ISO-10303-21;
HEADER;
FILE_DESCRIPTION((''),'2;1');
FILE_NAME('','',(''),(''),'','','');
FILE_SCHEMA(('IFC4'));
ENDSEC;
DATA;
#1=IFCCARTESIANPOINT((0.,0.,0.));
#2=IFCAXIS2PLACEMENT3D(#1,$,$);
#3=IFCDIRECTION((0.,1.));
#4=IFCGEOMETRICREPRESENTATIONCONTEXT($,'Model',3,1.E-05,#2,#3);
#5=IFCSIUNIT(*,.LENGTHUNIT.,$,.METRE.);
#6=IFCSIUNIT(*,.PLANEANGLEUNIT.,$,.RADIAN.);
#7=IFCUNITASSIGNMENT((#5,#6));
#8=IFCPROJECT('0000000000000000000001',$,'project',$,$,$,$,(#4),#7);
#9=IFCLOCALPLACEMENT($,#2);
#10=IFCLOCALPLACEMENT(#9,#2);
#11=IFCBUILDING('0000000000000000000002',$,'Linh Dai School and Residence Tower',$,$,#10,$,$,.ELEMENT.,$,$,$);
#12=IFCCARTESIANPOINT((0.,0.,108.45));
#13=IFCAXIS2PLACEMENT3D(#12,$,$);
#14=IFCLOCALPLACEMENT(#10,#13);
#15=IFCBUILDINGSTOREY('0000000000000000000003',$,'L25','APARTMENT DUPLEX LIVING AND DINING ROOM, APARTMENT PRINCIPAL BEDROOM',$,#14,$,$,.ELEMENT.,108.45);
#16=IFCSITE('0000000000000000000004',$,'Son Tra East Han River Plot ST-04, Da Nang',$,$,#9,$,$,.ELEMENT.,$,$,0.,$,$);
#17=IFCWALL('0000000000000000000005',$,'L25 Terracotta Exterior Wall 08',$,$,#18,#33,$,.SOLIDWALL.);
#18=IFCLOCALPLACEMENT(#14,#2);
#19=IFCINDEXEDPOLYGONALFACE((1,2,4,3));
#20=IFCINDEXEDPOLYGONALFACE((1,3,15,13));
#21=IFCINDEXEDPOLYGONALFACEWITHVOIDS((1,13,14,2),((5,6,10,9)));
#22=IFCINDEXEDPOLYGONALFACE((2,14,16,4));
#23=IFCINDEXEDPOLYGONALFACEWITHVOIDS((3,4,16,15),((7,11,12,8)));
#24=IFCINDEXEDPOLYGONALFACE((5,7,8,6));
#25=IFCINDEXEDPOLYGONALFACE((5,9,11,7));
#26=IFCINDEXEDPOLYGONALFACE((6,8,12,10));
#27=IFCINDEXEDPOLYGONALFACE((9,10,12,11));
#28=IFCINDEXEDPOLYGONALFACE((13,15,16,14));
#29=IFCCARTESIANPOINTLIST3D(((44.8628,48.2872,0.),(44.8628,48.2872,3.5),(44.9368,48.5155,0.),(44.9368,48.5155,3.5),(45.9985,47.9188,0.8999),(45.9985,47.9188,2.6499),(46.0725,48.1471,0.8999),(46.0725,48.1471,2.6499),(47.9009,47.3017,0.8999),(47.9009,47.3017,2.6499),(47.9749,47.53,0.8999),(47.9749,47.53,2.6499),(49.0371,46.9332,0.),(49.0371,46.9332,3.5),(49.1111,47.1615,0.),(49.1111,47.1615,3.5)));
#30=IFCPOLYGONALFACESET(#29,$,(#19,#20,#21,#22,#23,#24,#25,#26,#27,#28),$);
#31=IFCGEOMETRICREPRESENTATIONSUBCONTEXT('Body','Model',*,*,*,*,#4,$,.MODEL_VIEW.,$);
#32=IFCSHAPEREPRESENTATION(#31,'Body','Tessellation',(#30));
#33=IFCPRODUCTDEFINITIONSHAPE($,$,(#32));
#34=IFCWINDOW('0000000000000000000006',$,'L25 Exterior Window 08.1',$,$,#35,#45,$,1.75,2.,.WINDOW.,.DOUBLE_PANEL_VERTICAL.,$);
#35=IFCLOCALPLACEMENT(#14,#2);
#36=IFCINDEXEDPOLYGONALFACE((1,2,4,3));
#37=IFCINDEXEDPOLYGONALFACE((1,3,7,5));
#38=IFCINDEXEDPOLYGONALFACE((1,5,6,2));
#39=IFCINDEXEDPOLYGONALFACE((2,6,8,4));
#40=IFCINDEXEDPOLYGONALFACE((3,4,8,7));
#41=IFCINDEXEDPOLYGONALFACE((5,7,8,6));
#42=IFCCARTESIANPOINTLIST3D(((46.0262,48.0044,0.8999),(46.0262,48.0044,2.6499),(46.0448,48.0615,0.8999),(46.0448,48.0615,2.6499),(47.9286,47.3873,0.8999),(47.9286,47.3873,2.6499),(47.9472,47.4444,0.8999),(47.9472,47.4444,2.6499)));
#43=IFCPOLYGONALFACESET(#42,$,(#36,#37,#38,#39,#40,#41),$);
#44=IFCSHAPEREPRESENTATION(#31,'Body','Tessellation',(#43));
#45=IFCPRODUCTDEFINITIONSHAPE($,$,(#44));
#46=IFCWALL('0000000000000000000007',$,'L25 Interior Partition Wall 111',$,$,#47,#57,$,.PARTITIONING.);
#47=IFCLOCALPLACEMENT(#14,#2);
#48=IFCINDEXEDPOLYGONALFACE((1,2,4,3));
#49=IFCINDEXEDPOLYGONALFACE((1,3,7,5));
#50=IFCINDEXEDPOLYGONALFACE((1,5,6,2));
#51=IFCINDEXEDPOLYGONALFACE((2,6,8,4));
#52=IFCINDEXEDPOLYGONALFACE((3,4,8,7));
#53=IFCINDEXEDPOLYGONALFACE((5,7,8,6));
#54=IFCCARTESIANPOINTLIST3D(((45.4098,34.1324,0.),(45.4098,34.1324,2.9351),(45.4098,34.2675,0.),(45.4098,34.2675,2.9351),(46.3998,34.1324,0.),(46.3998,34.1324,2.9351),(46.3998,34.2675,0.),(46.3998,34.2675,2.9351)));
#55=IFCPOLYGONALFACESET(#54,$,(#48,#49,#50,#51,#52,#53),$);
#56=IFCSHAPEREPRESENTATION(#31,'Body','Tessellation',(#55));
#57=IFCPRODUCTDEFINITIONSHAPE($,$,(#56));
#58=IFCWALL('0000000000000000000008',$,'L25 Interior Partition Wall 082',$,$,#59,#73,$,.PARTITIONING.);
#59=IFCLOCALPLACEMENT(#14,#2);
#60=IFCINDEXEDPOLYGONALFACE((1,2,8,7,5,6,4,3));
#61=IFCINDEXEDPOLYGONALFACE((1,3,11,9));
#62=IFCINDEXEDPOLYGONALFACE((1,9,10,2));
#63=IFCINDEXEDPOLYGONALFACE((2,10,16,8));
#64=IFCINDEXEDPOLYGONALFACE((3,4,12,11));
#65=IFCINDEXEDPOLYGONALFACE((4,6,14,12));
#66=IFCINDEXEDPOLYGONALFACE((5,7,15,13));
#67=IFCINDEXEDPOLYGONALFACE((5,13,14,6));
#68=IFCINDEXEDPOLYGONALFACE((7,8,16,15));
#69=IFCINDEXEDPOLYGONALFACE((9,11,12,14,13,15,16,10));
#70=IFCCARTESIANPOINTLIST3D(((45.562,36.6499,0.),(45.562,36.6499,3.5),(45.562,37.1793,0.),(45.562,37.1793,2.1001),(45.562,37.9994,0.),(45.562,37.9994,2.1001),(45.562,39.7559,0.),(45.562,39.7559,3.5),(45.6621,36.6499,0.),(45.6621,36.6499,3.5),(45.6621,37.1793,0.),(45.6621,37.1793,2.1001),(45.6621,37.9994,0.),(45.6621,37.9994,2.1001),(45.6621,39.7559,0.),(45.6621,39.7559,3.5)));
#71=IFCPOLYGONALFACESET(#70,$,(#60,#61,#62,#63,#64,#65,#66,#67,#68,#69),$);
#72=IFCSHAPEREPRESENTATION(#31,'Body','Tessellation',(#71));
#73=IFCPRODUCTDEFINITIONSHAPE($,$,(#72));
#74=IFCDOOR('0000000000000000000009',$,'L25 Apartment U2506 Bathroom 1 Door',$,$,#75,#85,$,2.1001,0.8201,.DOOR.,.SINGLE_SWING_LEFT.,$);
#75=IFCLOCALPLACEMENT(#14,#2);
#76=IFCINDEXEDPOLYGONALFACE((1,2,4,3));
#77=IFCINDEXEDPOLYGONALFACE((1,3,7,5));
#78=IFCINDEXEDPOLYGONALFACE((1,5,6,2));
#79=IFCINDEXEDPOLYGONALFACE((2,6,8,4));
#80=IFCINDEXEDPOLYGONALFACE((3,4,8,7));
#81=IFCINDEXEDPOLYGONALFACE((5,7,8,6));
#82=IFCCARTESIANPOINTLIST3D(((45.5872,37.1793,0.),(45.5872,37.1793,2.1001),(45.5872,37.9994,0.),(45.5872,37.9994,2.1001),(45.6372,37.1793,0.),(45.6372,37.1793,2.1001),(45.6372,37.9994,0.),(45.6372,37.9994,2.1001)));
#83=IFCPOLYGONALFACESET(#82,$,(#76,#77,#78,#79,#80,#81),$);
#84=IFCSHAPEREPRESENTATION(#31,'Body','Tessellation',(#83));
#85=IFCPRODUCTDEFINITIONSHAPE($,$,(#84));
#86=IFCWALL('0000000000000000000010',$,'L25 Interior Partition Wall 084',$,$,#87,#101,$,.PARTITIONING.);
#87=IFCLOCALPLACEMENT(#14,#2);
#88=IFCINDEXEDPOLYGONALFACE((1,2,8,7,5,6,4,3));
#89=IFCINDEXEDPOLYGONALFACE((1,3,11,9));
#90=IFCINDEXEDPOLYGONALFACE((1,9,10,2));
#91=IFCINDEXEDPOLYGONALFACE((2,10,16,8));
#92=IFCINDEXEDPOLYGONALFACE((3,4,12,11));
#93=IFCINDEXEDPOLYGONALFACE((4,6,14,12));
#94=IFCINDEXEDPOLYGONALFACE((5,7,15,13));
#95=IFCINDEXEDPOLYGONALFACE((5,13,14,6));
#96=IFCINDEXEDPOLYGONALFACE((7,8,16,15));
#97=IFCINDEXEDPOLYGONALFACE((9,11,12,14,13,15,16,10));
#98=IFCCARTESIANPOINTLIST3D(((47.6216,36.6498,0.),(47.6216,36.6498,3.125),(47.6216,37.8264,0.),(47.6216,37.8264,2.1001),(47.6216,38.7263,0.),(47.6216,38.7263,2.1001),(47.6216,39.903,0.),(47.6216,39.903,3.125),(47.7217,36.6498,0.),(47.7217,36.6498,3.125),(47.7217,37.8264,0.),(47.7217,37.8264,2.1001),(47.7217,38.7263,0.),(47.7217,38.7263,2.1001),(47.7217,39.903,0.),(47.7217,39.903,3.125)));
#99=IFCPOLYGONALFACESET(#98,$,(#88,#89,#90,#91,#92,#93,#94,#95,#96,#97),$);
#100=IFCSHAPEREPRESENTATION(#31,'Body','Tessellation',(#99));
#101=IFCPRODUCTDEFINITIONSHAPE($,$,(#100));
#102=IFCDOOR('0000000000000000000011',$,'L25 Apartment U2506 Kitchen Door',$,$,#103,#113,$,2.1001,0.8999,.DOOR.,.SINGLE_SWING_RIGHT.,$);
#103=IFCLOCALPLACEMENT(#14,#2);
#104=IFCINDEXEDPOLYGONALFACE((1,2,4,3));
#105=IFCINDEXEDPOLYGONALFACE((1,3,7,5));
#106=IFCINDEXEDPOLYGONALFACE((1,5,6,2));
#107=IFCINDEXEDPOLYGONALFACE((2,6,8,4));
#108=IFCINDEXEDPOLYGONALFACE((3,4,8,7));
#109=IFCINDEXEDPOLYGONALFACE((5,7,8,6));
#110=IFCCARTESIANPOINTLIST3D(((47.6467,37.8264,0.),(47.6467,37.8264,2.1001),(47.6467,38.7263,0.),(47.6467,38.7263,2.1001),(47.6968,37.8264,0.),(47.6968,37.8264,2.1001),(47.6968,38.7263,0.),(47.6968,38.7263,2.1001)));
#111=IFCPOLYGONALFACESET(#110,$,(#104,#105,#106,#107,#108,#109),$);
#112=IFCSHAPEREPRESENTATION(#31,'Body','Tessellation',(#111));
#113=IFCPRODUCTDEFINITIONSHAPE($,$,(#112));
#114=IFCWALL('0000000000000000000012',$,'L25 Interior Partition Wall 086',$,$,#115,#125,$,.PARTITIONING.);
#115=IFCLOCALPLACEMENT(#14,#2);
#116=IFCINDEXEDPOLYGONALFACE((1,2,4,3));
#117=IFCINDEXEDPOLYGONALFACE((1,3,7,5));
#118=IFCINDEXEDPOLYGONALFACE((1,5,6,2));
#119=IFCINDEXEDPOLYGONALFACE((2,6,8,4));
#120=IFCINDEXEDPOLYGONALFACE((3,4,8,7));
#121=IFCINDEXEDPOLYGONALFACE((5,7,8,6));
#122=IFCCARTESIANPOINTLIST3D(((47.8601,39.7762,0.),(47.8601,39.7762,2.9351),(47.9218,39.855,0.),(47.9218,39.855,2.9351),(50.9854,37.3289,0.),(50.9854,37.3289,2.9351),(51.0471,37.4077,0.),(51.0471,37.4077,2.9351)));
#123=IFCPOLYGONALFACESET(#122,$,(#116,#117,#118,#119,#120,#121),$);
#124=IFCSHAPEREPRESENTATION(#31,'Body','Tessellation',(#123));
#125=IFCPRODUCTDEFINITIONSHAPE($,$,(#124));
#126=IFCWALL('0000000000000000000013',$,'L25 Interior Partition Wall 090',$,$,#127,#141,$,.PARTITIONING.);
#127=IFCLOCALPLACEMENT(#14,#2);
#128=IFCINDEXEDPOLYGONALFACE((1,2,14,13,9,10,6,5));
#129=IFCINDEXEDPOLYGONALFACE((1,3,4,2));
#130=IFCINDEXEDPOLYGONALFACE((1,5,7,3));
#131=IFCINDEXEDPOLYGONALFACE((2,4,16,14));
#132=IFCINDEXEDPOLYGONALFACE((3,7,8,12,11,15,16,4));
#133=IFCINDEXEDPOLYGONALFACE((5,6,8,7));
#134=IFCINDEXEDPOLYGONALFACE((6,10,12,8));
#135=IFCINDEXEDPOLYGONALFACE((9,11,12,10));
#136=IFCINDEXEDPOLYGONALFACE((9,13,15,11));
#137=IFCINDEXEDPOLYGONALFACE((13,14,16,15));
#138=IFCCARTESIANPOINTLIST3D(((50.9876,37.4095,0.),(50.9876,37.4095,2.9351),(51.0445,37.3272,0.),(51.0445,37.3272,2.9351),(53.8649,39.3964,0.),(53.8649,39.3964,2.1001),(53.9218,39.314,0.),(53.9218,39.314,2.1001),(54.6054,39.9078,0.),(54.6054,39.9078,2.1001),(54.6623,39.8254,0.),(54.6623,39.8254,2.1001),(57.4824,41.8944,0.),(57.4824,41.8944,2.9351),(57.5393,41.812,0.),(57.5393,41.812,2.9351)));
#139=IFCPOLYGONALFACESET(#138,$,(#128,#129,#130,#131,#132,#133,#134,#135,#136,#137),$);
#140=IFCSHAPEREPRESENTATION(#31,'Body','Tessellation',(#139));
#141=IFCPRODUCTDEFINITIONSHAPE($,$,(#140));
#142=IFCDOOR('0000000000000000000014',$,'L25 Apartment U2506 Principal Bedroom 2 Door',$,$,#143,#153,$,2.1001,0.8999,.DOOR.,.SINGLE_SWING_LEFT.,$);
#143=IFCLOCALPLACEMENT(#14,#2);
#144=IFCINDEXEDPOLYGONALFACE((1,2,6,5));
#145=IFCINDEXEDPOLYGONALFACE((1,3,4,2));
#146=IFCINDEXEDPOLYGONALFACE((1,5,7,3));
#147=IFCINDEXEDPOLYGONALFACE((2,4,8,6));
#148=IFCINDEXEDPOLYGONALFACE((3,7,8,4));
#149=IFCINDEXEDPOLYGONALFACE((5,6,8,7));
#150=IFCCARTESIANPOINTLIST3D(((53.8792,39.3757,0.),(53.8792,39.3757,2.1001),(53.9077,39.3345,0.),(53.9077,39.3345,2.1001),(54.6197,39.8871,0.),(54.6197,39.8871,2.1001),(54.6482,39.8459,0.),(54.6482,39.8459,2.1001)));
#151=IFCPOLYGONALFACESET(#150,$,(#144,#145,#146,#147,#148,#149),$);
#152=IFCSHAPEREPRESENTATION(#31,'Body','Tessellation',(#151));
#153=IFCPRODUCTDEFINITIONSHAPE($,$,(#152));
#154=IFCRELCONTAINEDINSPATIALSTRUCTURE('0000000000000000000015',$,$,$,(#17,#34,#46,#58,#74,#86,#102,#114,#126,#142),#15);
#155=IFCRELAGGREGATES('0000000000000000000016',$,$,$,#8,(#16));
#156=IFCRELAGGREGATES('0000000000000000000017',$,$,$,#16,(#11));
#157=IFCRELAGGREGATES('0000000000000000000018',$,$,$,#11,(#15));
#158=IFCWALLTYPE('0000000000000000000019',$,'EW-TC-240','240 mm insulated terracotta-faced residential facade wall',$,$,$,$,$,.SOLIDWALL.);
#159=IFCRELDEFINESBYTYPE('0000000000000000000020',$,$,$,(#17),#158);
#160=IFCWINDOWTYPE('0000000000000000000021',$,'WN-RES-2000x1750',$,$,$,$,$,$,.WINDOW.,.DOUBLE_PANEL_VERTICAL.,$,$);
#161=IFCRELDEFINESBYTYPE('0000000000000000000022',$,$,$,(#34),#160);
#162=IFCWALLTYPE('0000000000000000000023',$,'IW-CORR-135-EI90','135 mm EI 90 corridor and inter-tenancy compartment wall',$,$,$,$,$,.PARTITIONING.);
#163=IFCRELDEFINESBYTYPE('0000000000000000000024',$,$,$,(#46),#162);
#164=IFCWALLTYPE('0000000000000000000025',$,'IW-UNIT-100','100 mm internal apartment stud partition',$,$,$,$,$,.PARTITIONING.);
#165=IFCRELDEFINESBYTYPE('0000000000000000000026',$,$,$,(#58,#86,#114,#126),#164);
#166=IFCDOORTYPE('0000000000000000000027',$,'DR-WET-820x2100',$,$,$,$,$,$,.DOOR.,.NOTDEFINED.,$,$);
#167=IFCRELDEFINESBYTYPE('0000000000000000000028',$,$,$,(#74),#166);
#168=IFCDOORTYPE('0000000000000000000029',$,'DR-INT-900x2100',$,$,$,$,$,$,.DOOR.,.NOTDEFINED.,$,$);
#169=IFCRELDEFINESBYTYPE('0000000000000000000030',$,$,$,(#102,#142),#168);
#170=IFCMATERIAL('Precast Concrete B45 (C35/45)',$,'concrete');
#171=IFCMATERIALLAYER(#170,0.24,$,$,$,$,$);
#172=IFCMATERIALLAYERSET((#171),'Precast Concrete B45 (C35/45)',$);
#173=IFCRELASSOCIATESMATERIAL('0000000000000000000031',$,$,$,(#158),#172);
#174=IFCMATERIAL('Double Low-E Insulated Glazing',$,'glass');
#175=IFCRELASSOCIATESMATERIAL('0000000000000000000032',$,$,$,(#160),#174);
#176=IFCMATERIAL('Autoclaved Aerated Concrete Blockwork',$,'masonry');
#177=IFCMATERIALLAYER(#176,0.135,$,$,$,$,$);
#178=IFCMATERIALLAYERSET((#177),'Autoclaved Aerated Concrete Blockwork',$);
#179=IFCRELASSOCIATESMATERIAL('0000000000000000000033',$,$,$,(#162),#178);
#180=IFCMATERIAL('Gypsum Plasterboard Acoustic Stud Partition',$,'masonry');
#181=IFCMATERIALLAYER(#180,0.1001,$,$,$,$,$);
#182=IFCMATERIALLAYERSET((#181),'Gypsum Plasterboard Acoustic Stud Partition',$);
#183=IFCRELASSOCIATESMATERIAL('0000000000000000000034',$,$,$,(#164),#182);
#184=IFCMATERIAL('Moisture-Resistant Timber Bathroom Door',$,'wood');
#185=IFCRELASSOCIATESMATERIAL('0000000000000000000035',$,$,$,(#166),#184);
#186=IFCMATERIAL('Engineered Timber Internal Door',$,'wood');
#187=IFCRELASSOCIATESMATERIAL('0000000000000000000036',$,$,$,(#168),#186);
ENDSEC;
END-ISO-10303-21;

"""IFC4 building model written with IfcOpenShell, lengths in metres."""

from ifc_helpers import new_model, si_unit, direction, frame, frame_2d, origin, origin_2d, place, context, subcontext, project, spatial, rectangle, extrude, source, transform, mapped, material, layer, layer_set, type_object, element, fill, save


model = new_model("IFC4")

# Units and contexts
model_context = context("Model", 3, precision=1e-05, world=origin(), true_north=direction((0.0, 1.0)))
body_context = subcontext(model_context, "Body", "Model", "MODEL_VIEW")
ifc_project = project(units=[si_unit("LENGTHUNIT", "METRE"), si_unit("PLANEANGLEUNIT", "RADIAN")], contexts=[model_context])

# Site, building, storey
site_placement = place(None, origin())
site = spatial("IfcSite", under=ifc_project, at=site_placement, Name="Son Tra East Han River Plot ST-04, Da Nang", CompositionType="ELEMENT", RefElevation=0.0)
building_placement = place(site_placement, origin())
building = spatial("IfcBuilding", under=site, at=building_placement, Name="Linh Dai School and Residence Tower", CompositionType="ELEMENT")
storey_placement = place(building_placement, frame((0.0, 0.0, 108.45)))
storey = spatial("IfcBuildingStorey", under=building, at=storey_placement, Name="L25", Description="APARTMENT DUPLEX LIVING AND DINING ROOM, APARTMENT PRINCIPAL BEDROOM", CompositionType="ELEMENT", Elevation=108.45)

# Shared definitions
ifc_material_1 = material(Name="Precast Concrete B45 (C35/45)", Category="concrete")

# Shared definitions
ifc_layer_1 = layer(ifc_material_1, 0.24)
ifc_layer_set_1 = layer_set([ifc_layer_1], Name="Precast Concrete B45 (C35/45)")
wall_type_1 = type_object("IfcWallType", Name="EW-TC-240", Description="240 mm insulated terracotta-faced residential facade wall", PredefinedType="SOLIDWALL", material=ifc_layer_set_1)

# Wall, opening, window
ifc_material_2 = material(Name="Double Low-E Insulated Glazing", Category="glass")
window_type_1 = type_object("IfcWindowType", Name="WN-RES-2000x1750", PartitioningType="DOUBLE_PANEL_VERTICAL", PredefinedType="WINDOW", material=ifc_material_2)
shared_shape_1 = source(origin(), body_context, "Body", "SweptSolid", [
    extrude(rectangle(XDim=2.0, YDim=1.75, at=origin_2d()), frame((1.0, 0.03, 0.875), z_axis=(0.0, -1.0, 0.0), x_axis=(1.0, 0.0, 0.0)), (0.0, 0.0, 1.0), 0.0601),
])
wall_1_placement = place(storey_placement, frame((44.8997, 48.4014, 0.0), z_axis=(0.0, 0.0, 1.0), x_axis=(0.951211, -0.30854, 0.0)))
wall_1 = element("IfcWall", 1, at=wall_1_placement, inside=storey, type_object=wall_type_1, Name="L25 Terracotta Exterior Wall 08", PredefinedType="SOLIDWALL", context=body_context, shape_type="SweptSolid", body=[
    extrude(rectangle(XDim=4.3884, YDim=0.24, at=frame_2d((2.1943, 0.0))), origin(), (0.0, 0.0, 1.0), 3.5),
])
opening_1_placement = place(wall_1_placement, frame((1.1941, 0.0, 0.8999)))
opening_1 = element("IfcOpeningElement", 2, at=opening_1_placement, cuts=wall_1, PredefinedType="OPENING", context=body_context, shape_type="SweptSolid", body=[
    extrude(rectangle(XDim=2.0, YDim=1.75, at=origin_2d()), frame((1.0, 0.1299, 0.875), z_axis=(0.0, -1.0, 0.0), x_axis=(1.0, 0.0, 0.0)), (0.0, 0.0, 1.0), 0.26),
])
window_1_placement = place(opening_1_placement, origin())
window_1 = element("IfcWindow", 3, at=window_1_placement, inside=storey, type_object=window_type_1, Name="L25 Exterior Window 08.1", OverallHeight=1.75, OverallWidth=2.0, PartitioningType="DOUBLE_PANEL_VERTICAL", PredefinedType="WINDOW", context=body_context, shape_type="MappedRepresentation", body=[
    mapped(shared_shape_1, transform((0.0, 0.0, 0.0), x_axis=(1.0, 0.0, 0.0), y_axis=(0.0, 1.0, 0.0), z_axis=(0.0, 0.0, 1.0), scale=1.0)),
])
fill(opening_1, window_1)

# Wall
ifc_material_3 = material(Name="Autoclaved Aerated Concrete Blockwork", Category="masonry")
ifc_layer_2 = layer(ifc_material_3, 0.135)
ifc_layer_set_2 = layer_set([ifc_layer_2], Name="Autoclaved Aerated Concrete Blockwork")
wall_type_2 = type_object("IfcWallType", Name="IW-CORR-135-EI90", Description="135 mm EI 90 corridor and inter-tenancy compartment wall", PredefinedType="PARTITIONING", material=ifc_layer_set_2)
wall_2_placement = place(storey_placement, frame((46.3999, 34.2, 0.0), z_axis=(0.0, 0.0, 1.0), x_axis=(-1.0, 0.0, 0.0)))
element("IfcWall", 4, at=wall_2_placement, inside=storey, type_object=wall_type_2, Name="L25 Interior Partition Wall 111", PredefinedType="PARTITIONING", context=body_context, shape_type="SweptSolid", body=[
    extrude(rectangle(XDim=0.99, YDim=0.135, at=frame_2d((0.4951, 0.0))), origin(), (0.0, 0.0, 1.0), 2.9351),
])

# Walls, openings, doors
ifc_material_4 = material(Name="Gypsum Plasterboard Acoustic Stud Partition", Category="masonry")
ifc_layer_3 = layer(ifc_material_4, 0.1001)
ifc_layer_set_3 = layer_set([ifc_layer_3], Name="Gypsum Plasterboard Acoustic Stud Partition")
wall_type_3 = type_object("IfcWallType", Name="IW-UNIT-100", Description="100 mm internal apartment stud partition", PredefinedType="PARTITIONING", material=ifc_layer_set_3)
wall_3_placement = place(storey_placement, frame((45.6121, 36.6499, 0.0), z_axis=(0.0, 0.0, 1.0), x_axis=(0.0, 1.0, 0.0)))
wall_3 = element("IfcWall", 5, at=wall_3_placement, inside=storey, type_object=wall_type_3, Name="L25 Interior Partition Wall 082", PredefinedType="PARTITIONING", context=body_context, shape_type="SweptSolid", body=[
    extrude(rectangle(XDim=3.106, YDim=0.1001, at=frame_2d((1.553, 0.0))), origin(), (0.0, 0.0, 1.0), 3.5),
])
opening_2_placement = place(wall_3_placement, frame((0.5293, 0.0, 0.0)))
opening_2 = element("IfcOpeningElement", 6, at=opening_2_placement, cuts=wall_3, PredefinedType="OPENING", context=body_context, shape_type="SweptSolid", body=[
    extrude(rectangle(XDim=0.8201, YDim=2.1001, at=origin_2d()), frame((0.4102, 0.0601, 1.05), z_axis=(0.0, -1.0, 0.0), x_axis=(1.0, 0.0, 0.0)), (0.0, 0.0, 1.0), 0.1201),
])
ifc_material_5 = material(Name="Moisture-Resistant Timber Bathroom Door", Category="wood")
door_type_1 = type_object("IfcDoorType", Name="DR-WET-820x2100", OperationType="NOTDEFINED", PredefinedType="DOOR", material=ifc_material_5)
shared_shape_2 = source(origin(), body_context, "Body", "SweptSolid", [
    extrude(rectangle(XDim=0.8201, YDim=2.1001, at=origin_2d()), frame((0.4102, 0.0249, 1.05), z_axis=(0.0, -1.0, 0.0), x_axis=(1.0, 0.0, 0.0)), (0.0, 0.0, 1.0), 0.05),
])
door_1_placement = place(opening_2_placement, origin())
door_1 = element("IfcDoor", 7, at=door_1_placement, inside=storey, type_object=door_type_1, Name="L25 Apartment U2506 Bathroom 1 Door", OperationType="SINGLE_SWING_LEFT", OverallHeight=2.1001, OverallWidth=0.8201, PredefinedType="DOOR", context=body_context, shape_type="MappedRepresentation", body=[
    mapped(shared_shape_2, transform((0.0, 0.0, 0.0), x_axis=(1.0, 0.0, 0.0), y_axis=(0.0, 1.0, 0.0), z_axis=(0.0, 0.0, 1.0), scale=1.0)),
])
fill(opening_2, door_1)
wall_4_placement = place(storey_placement, frame((47.6716, 36.6499, 0.0), z_axis=(0.0, 0.0, 1.0), x_axis=(0.0, 1.0, 0.0)))
wall_4 = element("IfcWall", 8, at=wall_4_placement, inside=storey, type_object=wall_type_3, Name="L25 Interior Partition Wall 084", PredefinedType="PARTITIONING", context=body_context, shape_type="SweptSolid", body=[
    extrude(rectangle(XDim=3.2532, YDim=0.1001, at=frame_2d((1.6265, 0.0))), origin(), (0.0, 0.0, 1.0), 3.125),
])
opening_3_placement = place(wall_4_placement, frame((1.1765, 0.0, 0.0)))
opening_3 = element("IfcOpeningElement", 9, at=opening_3_placement, cuts=wall_4, PredefinedType="OPENING", context=body_context, shape_type="SweptSolid", body=[
    extrude(rectangle(XDim=0.8999, YDim=2.1001, at=origin_2d()), frame((0.45, 0.0601, 1.05), z_axis=(0.0, -1.0, 0.0), x_axis=(1.0, 0.0, 0.0)), (0.0, 0.0, 1.0), 0.1201),
])
ifc_material_6 = material(Name="Engineered Timber Internal Door", Category="wood")
door_type_2 = type_object("IfcDoorType", Name="DR-INT-900x2100", OperationType="NOTDEFINED", PredefinedType="DOOR", material=ifc_material_6)
shared_shape_3 = source(origin(), body_context, "Body", "SweptSolid", [
    extrude(rectangle(XDim=0.8999, YDim=2.1001, at=origin_2d()), frame((0.45, 0.0249, 1.05), z_axis=(0.0, -1.0, 0.0), x_axis=(1.0, 0.0, 0.0)), (0.0, 0.0, 1.0), 0.05),
])
door_2_placement = place(opening_3_placement, origin())
door_2 = element("IfcDoor", 10, at=door_2_placement, inside=storey, type_object=door_type_2, Name="L25 Apartment U2506 Kitchen Door", OperationType="SINGLE_SWING_RIGHT", OverallHeight=2.1001, OverallWidth=0.8999, PredefinedType="DOOR", context=body_context, shape_type="MappedRepresentation", body=[
    mapped(shared_shape_3, transform((0.0, 0.0, 0.0), x_axis=(1.0, 0.0, 0.0), y_axis=(0.0, 1.0, 0.0), z_axis=(0.0, 0.0, 1.0), scale=1.0)),
])
fill(opening_3, door_2)

# Wall
wall_5_placement = place(storey_placement, frame((47.8909, 39.8157, 0.0), z_axis=(0.0, 0.0, 1.0), x_axis=(0.787331, -0.61653, 0.0)))
element("IfcWall", 11, at=wall_5_placement, inside=storey, type_object=wall_type_3, Name="L25 Interior Partition Wall 086", PredefinedType="PARTITIONING", context=body_context, shape_type="SweptSolid", body=[
    extrude(rectangle(XDim=3.9695, YDim=0.1001, at=frame_2d((1.9849, 0.0))), origin(), (0.0, 0.0, 1.0), 2.9351),
])

# Wall, opening, door
wall_6_placement = place(storey_placement, frame((51.0161, 37.3684, 0.0), z_axis=(0.0, 0.0, 1.0), x_axis=(0.822879, 0.568217, 0.0)))
wall_6 = element("IfcWall", 12, at=wall_6_placement, inside=storey, type_object=wall_type_3, Name="L25 Interior Partition Wall 090", PredefinedType="PARTITIONING", context=body_context, shape_type="SweptSolid", body=[
    extrude(rectangle(XDim=7.8928, YDim=0.1001, at=frame_2d((3.9463, 0.0))), origin(), (0.0, 0.0, 1.0), 2.9351),
])
opening_4_placement = place(wall_6_placement, frame((3.4966, 0.0, 0.0)))
opening_4 = element("IfcOpeningElement", 13, at=opening_4_placement, cuts=wall_6, PredefinedType="OPENING", context=body_context, shape_type="SweptSolid", body=[
    extrude(rectangle(XDim=0.8999, YDim=2.1001, at=origin_2d()), frame((0.45, 0.0601, 1.05), z_axis=(0.0, -1.0, 0.0), x_axis=(1.0, 0.0, 0.0)), (0.0, 0.0, 1.0), 0.1201),
])
door_3_placement = place(opening_4_placement, origin())
door_3 = element("IfcDoor", 14, at=door_3_placement, inside=storey, type_object=door_type_2, Name="L25 Apartment U2506 Principal Bedroom 2 Door", OperationType="SINGLE_SWING_LEFT", OverallHeight=2.1001, OverallWidth=0.8999, PredefinedType="DOOR", context=body_context, shape_type="MappedRepresentation", body=[
    mapped(shared_shape_3, transform((0.0, 0.0, 0.0), x_axis=(1.0, 0.0, 0.0), y_axis=(0.0, 1.0, 0.0), z_axis=(0.0, 0.0, 1.0), scale=1.0)),
])
fill(opening_4, door_3)

save(model, "model.ifc")
